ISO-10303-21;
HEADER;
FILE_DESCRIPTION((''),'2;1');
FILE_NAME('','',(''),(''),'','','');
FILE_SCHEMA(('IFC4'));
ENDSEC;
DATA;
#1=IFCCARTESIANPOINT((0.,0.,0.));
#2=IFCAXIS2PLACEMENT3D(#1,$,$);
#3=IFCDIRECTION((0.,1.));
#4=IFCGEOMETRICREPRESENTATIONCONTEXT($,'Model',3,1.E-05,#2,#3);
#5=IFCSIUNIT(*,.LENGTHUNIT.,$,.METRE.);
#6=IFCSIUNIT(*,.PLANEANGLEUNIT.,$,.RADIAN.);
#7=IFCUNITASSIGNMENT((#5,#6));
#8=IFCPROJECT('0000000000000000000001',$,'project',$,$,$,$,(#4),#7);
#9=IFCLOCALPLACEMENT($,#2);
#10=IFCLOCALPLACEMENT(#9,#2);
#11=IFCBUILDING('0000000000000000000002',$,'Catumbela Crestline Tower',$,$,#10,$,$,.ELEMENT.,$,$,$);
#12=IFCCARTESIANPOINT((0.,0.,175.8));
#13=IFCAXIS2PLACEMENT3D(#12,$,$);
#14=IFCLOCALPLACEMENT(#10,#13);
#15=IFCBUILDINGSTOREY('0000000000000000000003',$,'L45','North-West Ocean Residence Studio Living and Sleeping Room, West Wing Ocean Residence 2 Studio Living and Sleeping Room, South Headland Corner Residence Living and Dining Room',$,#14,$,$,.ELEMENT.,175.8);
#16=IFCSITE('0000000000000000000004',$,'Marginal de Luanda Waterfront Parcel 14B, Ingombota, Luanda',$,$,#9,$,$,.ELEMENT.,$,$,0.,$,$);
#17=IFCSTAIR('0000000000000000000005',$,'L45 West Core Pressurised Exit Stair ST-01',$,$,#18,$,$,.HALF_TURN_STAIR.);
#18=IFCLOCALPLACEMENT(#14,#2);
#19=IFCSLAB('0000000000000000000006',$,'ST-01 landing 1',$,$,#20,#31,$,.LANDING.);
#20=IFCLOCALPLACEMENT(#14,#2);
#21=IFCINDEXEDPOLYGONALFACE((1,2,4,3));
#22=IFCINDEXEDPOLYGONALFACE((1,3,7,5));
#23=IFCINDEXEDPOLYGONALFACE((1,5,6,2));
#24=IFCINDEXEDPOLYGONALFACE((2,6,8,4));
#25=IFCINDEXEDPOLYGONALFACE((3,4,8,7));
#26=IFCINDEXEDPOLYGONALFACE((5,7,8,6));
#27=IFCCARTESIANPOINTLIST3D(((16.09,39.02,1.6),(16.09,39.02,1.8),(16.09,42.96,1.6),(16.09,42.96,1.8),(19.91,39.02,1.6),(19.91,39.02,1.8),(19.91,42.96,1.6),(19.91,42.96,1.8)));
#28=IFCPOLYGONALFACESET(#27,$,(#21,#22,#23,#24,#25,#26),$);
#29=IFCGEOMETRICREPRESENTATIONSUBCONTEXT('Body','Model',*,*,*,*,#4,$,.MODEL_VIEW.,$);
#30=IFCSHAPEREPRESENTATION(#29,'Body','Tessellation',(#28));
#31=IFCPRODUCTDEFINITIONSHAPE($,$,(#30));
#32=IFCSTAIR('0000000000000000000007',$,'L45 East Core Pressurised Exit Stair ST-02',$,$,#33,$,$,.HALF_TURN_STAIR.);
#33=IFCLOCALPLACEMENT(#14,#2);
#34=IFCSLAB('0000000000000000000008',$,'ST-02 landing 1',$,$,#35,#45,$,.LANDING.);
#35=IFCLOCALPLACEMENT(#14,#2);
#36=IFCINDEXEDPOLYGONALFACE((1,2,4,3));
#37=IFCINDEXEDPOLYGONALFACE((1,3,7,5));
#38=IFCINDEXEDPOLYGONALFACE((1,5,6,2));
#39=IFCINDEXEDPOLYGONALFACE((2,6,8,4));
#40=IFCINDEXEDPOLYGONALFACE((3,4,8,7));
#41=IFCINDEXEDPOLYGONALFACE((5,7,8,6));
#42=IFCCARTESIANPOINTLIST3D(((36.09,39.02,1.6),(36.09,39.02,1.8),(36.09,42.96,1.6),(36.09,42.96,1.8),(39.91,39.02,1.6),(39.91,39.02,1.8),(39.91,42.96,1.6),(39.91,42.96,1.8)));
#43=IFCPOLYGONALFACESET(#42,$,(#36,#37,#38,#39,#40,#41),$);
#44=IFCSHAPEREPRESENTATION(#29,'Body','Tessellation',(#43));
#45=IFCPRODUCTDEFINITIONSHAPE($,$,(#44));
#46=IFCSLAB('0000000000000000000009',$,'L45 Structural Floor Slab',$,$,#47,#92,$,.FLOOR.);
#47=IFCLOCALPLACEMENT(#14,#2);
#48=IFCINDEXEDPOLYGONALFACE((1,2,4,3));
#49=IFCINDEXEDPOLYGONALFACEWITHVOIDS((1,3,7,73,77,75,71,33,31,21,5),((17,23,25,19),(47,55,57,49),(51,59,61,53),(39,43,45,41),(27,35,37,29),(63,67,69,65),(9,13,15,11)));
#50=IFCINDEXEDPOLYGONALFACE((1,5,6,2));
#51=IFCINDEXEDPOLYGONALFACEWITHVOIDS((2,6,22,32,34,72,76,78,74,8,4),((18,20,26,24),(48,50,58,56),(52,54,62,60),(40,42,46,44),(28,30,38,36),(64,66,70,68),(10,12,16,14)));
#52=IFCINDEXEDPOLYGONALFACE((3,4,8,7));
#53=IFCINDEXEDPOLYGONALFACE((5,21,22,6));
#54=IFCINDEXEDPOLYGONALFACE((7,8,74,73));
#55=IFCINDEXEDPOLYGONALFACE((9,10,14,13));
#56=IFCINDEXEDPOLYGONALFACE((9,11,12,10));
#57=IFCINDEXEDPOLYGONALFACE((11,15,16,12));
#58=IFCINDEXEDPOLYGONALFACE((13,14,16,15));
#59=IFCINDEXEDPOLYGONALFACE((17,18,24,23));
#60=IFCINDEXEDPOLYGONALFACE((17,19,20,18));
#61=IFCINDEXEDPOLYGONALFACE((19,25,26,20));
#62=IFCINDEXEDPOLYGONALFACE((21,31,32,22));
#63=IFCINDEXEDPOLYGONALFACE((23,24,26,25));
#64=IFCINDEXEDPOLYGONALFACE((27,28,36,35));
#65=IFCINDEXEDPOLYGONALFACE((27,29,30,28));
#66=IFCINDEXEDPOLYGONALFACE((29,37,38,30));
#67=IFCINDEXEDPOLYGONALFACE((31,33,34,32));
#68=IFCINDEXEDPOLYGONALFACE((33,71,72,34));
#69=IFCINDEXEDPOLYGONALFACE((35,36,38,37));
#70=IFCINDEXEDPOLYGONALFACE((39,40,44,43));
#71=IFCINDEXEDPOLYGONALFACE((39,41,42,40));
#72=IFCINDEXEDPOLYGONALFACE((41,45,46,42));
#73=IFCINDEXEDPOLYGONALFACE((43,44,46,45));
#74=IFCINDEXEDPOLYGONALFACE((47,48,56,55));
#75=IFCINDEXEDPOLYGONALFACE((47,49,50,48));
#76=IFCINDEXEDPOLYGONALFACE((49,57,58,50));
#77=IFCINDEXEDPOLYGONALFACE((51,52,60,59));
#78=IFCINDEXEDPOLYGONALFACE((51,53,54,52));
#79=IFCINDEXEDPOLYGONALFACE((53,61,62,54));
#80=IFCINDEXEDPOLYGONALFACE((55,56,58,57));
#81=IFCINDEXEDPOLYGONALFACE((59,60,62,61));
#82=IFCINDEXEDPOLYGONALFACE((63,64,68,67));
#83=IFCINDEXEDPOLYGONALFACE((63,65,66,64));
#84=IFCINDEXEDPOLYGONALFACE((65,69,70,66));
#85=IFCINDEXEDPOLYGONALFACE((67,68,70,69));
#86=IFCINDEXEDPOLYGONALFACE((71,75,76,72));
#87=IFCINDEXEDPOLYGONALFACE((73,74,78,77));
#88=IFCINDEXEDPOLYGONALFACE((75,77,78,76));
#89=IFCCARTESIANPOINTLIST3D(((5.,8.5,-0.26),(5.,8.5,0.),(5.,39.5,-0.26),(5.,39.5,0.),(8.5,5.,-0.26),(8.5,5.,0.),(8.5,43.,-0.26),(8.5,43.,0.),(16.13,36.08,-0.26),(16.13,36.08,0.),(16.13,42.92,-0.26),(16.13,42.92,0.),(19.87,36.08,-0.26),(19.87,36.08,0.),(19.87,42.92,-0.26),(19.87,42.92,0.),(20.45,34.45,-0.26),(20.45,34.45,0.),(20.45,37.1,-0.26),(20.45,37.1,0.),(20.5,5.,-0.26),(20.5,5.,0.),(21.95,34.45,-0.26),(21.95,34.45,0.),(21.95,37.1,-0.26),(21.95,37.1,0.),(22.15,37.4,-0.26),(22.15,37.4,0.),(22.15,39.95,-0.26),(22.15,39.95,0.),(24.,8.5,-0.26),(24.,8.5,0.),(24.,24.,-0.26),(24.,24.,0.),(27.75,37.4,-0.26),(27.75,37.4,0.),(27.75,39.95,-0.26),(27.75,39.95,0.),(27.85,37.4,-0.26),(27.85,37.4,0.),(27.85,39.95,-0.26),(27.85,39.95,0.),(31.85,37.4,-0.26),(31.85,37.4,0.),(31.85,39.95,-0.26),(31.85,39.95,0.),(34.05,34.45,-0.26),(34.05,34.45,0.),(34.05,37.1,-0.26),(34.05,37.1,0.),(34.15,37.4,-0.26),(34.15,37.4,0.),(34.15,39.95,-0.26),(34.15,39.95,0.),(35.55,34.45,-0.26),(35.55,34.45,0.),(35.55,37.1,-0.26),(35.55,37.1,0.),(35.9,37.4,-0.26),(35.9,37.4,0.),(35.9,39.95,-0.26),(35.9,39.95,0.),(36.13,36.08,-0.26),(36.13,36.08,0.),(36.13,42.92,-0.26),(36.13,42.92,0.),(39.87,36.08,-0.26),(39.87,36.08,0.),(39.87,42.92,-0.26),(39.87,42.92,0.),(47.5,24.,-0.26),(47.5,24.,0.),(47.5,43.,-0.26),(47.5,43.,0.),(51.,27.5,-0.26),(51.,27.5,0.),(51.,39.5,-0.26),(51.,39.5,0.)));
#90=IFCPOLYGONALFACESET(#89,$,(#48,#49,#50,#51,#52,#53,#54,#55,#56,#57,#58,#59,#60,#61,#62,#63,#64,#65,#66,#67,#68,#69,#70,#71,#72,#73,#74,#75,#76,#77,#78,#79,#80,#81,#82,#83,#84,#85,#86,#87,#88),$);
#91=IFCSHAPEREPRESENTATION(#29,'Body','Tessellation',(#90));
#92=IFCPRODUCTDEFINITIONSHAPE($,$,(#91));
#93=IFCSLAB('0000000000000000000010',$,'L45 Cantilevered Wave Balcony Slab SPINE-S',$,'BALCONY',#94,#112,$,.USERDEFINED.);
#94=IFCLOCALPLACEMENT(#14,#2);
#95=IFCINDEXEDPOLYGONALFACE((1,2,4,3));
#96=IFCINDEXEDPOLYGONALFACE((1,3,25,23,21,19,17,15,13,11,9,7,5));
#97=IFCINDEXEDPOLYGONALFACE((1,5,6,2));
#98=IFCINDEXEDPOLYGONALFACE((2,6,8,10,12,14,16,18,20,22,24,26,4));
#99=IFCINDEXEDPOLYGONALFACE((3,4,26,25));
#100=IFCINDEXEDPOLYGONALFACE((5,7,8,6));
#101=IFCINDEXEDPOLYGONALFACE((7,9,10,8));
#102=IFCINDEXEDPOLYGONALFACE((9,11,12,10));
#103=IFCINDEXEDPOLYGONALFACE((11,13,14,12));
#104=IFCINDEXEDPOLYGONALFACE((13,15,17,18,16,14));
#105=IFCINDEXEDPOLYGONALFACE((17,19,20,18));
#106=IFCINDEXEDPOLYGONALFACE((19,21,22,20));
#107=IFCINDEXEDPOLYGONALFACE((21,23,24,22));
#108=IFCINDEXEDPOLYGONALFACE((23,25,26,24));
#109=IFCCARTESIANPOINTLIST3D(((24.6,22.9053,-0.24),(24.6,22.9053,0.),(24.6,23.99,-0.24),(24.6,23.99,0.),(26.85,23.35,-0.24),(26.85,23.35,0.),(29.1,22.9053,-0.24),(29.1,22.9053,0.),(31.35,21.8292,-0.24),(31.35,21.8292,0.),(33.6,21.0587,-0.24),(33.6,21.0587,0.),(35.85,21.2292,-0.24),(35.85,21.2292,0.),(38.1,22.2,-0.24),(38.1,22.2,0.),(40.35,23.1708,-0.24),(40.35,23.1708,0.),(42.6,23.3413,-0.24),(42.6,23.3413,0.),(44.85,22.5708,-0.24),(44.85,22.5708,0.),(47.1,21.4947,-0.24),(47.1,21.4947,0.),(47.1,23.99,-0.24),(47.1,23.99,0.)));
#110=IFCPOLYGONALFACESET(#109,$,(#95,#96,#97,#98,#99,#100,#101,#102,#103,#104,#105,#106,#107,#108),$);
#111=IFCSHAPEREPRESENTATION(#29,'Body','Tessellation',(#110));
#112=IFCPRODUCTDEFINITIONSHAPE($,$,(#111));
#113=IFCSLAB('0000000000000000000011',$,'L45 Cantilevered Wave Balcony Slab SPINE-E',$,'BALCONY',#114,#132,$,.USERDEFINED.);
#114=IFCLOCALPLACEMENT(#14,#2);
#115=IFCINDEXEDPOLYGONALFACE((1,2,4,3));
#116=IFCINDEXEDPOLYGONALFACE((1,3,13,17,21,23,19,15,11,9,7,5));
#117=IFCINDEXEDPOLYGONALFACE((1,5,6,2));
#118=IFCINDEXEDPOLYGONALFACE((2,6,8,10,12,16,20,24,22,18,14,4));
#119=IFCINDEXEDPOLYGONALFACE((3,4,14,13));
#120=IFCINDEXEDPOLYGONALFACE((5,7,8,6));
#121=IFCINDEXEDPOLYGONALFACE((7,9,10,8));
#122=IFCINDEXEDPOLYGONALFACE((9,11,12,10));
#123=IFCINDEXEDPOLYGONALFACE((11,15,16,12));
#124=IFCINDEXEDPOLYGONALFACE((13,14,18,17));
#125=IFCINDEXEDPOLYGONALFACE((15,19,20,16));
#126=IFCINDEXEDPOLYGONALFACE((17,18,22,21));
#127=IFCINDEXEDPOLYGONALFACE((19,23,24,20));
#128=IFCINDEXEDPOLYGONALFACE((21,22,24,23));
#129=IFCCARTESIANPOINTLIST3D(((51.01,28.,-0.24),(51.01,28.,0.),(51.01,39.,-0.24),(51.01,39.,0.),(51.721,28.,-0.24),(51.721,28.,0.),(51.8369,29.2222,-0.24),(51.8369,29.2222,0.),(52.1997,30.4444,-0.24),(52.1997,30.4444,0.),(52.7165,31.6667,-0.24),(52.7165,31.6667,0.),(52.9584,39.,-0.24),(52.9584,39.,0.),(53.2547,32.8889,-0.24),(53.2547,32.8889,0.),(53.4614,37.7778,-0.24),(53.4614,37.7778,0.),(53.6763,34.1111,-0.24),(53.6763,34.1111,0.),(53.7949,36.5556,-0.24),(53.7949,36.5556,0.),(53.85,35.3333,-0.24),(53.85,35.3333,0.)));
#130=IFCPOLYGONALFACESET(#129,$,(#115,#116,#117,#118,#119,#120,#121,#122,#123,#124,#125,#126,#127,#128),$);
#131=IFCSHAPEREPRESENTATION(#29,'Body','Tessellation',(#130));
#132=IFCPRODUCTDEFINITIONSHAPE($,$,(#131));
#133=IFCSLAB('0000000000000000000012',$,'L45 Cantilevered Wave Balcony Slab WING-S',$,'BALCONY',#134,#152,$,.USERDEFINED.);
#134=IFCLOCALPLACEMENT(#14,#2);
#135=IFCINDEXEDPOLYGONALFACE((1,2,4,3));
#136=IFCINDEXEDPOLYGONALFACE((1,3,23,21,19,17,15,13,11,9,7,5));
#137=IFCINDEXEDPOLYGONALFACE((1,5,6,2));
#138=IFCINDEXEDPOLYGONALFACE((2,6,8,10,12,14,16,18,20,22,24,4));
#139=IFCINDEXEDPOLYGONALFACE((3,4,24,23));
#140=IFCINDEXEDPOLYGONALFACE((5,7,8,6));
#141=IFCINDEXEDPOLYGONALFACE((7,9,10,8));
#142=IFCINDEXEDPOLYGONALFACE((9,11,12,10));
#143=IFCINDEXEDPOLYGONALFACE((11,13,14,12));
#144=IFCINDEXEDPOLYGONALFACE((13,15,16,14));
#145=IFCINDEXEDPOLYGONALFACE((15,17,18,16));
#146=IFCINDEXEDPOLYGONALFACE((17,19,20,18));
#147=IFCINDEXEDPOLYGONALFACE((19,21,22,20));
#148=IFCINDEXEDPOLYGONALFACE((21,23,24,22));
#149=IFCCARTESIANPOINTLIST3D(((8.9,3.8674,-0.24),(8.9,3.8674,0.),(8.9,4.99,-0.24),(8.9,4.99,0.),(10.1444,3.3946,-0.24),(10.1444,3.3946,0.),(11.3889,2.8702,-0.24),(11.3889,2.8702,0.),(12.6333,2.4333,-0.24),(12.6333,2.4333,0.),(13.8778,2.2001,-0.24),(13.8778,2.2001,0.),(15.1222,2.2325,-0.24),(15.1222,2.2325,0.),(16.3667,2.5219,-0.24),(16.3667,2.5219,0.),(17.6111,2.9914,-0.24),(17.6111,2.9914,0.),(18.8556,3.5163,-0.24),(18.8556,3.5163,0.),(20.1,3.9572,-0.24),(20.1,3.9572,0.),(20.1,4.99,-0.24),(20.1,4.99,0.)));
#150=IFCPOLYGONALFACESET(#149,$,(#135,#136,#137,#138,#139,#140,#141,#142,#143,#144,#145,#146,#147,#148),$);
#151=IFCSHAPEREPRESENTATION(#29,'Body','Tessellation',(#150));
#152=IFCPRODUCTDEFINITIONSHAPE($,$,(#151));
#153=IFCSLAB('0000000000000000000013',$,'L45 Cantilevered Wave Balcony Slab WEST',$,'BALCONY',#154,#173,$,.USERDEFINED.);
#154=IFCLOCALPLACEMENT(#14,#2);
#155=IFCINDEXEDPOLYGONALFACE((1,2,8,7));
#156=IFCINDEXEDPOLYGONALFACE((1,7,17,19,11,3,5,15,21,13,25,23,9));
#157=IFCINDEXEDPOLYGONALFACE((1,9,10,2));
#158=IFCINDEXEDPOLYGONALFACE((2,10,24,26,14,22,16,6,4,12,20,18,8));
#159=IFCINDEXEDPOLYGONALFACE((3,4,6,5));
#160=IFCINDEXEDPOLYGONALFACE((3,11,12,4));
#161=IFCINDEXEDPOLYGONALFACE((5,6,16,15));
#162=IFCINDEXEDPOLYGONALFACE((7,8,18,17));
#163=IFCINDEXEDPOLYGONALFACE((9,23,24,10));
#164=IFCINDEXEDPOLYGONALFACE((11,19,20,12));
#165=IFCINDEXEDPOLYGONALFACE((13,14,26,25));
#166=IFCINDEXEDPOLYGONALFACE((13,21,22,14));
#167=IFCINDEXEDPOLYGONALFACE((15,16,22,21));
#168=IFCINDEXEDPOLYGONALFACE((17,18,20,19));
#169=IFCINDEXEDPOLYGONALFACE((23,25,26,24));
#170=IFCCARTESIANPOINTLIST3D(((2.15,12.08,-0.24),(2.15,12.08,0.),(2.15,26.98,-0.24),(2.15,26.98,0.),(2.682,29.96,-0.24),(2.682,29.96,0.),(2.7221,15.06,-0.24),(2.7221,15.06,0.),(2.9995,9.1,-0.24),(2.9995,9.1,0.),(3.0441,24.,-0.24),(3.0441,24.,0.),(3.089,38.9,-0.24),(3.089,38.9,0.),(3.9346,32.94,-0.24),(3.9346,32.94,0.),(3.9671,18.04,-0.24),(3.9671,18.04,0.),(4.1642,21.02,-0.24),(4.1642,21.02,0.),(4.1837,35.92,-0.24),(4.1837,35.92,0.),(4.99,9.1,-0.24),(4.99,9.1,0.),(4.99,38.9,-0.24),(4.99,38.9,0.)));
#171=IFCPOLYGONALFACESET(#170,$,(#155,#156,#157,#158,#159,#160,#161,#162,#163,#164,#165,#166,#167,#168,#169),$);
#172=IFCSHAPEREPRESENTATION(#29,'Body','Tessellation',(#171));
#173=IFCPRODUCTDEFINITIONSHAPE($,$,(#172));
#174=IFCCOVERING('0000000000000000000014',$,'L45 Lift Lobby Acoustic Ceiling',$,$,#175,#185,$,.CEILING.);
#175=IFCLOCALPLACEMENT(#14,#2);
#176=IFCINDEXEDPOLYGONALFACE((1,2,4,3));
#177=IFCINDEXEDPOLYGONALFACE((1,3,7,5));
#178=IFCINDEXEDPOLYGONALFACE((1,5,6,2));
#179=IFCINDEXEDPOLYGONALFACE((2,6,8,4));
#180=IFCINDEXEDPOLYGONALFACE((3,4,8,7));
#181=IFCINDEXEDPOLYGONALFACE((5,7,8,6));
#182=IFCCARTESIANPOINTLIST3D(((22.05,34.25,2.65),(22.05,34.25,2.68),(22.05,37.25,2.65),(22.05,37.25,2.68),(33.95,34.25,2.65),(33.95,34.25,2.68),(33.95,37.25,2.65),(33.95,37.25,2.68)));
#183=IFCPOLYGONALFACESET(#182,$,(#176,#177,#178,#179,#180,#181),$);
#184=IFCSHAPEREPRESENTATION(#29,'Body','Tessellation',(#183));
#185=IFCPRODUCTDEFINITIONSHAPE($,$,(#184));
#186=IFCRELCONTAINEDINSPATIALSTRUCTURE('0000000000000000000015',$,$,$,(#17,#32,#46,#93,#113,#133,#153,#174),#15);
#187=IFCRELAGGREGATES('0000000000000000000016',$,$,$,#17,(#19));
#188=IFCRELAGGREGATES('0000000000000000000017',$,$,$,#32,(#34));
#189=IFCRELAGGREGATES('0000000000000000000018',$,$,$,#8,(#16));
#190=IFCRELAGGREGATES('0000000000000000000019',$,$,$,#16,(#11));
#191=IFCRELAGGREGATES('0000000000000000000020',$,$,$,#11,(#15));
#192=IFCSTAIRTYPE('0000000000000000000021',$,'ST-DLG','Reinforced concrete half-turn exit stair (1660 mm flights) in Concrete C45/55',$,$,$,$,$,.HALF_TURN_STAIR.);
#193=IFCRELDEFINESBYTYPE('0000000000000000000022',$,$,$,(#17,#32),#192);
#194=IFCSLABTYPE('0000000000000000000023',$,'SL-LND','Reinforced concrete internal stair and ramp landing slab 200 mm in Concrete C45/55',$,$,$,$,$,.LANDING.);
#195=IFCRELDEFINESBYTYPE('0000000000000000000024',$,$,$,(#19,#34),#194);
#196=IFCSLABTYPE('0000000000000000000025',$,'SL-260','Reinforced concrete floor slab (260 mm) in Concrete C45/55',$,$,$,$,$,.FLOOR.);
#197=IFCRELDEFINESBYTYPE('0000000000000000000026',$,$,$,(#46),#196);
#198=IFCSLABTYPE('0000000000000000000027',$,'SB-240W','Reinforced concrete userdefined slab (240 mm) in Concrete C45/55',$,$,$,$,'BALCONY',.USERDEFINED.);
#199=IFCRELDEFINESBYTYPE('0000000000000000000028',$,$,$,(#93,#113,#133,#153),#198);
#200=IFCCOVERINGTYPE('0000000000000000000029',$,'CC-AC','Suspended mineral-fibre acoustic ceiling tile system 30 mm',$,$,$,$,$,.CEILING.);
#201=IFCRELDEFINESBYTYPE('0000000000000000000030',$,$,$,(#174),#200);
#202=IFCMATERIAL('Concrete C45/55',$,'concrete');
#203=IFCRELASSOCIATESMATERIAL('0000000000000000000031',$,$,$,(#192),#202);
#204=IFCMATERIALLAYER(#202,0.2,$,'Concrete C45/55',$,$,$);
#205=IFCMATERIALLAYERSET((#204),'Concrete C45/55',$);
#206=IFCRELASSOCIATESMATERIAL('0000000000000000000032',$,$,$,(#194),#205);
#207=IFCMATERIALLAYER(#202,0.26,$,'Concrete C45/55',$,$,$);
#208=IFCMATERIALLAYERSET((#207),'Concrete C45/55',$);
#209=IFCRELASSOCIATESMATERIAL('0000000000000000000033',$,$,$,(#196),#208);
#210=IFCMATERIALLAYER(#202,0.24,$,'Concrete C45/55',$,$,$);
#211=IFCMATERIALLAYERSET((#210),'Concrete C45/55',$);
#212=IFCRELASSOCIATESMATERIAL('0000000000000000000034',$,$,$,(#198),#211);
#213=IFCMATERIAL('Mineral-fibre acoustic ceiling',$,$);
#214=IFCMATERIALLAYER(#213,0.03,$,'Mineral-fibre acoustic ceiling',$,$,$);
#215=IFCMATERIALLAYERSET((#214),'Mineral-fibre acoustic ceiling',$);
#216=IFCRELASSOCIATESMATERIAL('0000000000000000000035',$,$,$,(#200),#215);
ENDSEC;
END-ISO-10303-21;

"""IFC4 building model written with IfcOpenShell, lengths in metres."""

from ifc_helpers import new_model, si_unit, direction, frame, origin, place, context, subcontext, project, spatial, polyline, outline, extrude, material, layer, layer_set, type_object, element, aggregate, save


model = new_model("IFC4")

# Units and contexts
model_context = context("Model", 3, precision=1e-05, world=origin(), true_north=direction((0.0, 1.0)))
body_context = subcontext(model_context, "Body", "Model", "MODEL_VIEW")
ifc_project = project(units=[si_unit("LENGTHUNIT", "METRE"), si_unit("PLANEANGLEUNIT", "RADIAN")], contexts=[model_context])

# Site, building, storey
site_placement = place(None, origin())
site = spatial("IfcSite", under=ifc_project, at=site_placement, Name="Marginal de Luanda Waterfront Parcel 14B, Ingombota, Luanda", CompositionType="ELEMENT", RefElevation=0.0)
building_placement = place(site_placement, origin())
building = spatial("IfcBuilding", under=site, at=building_placement, Name="Catumbela Crestline Tower", CompositionType="ELEMENT")
storey_placement = place(building_placement, frame((0.0, 0.0, 175.8)))
storey = spatial("IfcBuildingStorey", under=building, at=storey_placement, Name="L45", Description="North-West Ocean Residence Studio Living and Sleeping Room, West Wing Ocean Residence 2 Studio Living and Sleeping Room, South Headland Corner Residence Living and Dining Room", CompositionType="ELEMENT", Elevation=175.8)

# Stairs, slabs
ifc_material_1 = material(Name="Concrete C45/55", Category="concrete")
stair_type = type_object("IfcStairType", Name="ST-DLG", Description="Reinforced concrete half-turn exit stair (1660 mm flights) in Concrete C45/55", PredefinedType="HALF_TURN_STAIR", material=ifc_material_1)
stair_1_placement = place(storey_placement, origin())
stair_1 = element("IfcStair", 1, at=stair_1_placement, inside=storey, type_object=stair_type, Name="L45 West Core Pressurised Exit Stair ST-01", PredefinedType="HALF_TURN_STAIR")
ifc_layer_1 = layer(ifc_material_1, 0.2, Name="Concrete C45/55")
ifc_layer_set_1 = layer_set([ifc_layer_1], Name="Concrete C45/55")
slab_type_1 = type_object("IfcSlabType", Name="SL-LND", Description="Reinforced concrete internal stair and ramp landing slab 200 mm in Concrete C45/55", PredefinedType="LANDING", material=ifc_layer_set_1)
slab_1_placement = place(storey_placement, frame((0.0, 0.0, 1.6)))
slab_1 = element("IfcSlab", 2, at=slab_1_placement, type_object=slab_type_1, Name="ST-01 landing 1", PredefinedType="LANDING", context=body_context, shape_type="SweptSolid", body=[
    extrude(outline(polyline([(19.91, 39.02), (19.91, 42.96), (16.09, 42.96), (16.09, 39.02), (19.91, 39.02)])), origin(), (0.0, 0.0, 1.0), 0.2),
])
aggregate(stair_1, [slab_1])
stair_2_placement = place(storey_placement, origin())
stair_2 = element("IfcStair", 3, at=stair_2_placement, inside=storey, type_object=stair_type, Name="L45 East Core Pressurised Exit Stair ST-02", PredefinedType="HALF_TURN_STAIR")
slab_2_placement = place(storey_placement, frame((0.0, 0.0, 1.6)))
slab_2 = element("IfcSlab", 4, at=slab_2_placement, type_object=slab_type_1, Name="ST-02 landing 1", PredefinedType="LANDING", context=body_context, shape_type="SweptSolid", body=[
    extrude(outline(polyline([(39.91, 39.02), (39.91, 42.96), (36.09, 42.96), (36.09, 39.02), (39.91, 39.02)])), origin(), (0.0, 0.0, 1.0), 0.2),
])
aggregate(stair_2, [slab_2])

# Slabs
ifc_layer_2 = layer(ifc_material_1, 0.26, Name="Concrete C45/55")
ifc_layer_set_2 = layer_set([ifc_layer_2], Name="Concrete C45/55")
slab_type_2 = type_object("IfcSlabType", Name="SL-260", Description="Reinforced concrete floor slab (260 mm) in Concrete C45/55", PredefinedType="FLOOR", material=ifc_layer_set_2)
slab_3_placement = place(storey_placement, frame((0.0, 0.0, -0.26)))
element("IfcSlab", 5, at=slab_3_placement, inside=storey, type_object=slab_type_2, Name="L45 Structural Floor Slab", PredefinedType="FLOOR", context=body_context, shape_type="SweptSolid", body=[
    extrude(outline(polyline([(8.5, 5.0), (20.5, 5.0), (24.0, 8.5), (24.0, 24.0), (47.5, 24.0), (51.0, 27.5), (51.0, 39.5), (47.5, 43.0), (8.5, 43.0), (5.0, 39.5), (5.0, 8.5), (8.5, 5.0)]), holes=[polyline([(16.13, 36.08), (19.87, 36.08), (19.87, 42.92), (16.13, 42.92), (16.13, 36.08)]), polyline([(36.13, 36.08), (39.87, 36.08), (39.87, 42.92), (36.13, 42.92), (36.13, 36.08)]), polyline([(22.15, 37.4), (27.75, 37.4), (27.75, 39.95), (22.15, 39.95), (22.15, 37.4)]), polyline([(27.85, 37.4), (31.85, 37.4), (31.85, 39.95), (27.85, 39.95), (27.85, 37.4)]), polyline([(20.45, 34.45), (21.95, 34.45), (21.95, 37.1), (20.45, 37.1), (20.45, 34.45)]), polyline([(34.05, 34.45), (35.55, 34.45), (35.55, 37.1), (34.05, 37.1), (34.05, 34.45)]), polyline([(34.15, 37.4), (35.9, 37.4), (35.9, 39.95), (34.15, 39.95), (34.15, 37.4)])]), origin(), (0.0, 0.0, 1.0), 0.26),
])
ifc_layer_3 = layer(ifc_material_1, 0.24, Name="Concrete C45/55")
ifc_layer_set_3 = layer_set([ifc_layer_3], Name="Concrete C45/55")
slab_type_3 = type_object("IfcSlabType", Name="SB-240W", Description="Reinforced concrete userdefined slab (240 mm) in Concrete C45/55", ElementType="BALCONY", PredefinedType="USERDEFINED", material=ifc_layer_set_3)
slab_4_placement = place(storey_placement, frame((0.0, 0.0, -0.24)))
element("IfcSlab", 6, at=slab_4_placement, inside=storey, type_object=slab_type_3, Name="L45 Cantilevered Wave Balcony Slab SPINE-S", ObjectType="BALCONY", PredefinedType="USERDEFINED", context=body_context, shape_type="SweptSolid", body=[
    extrude(outline(polyline([(24.6, 22.9053), (26.85, 23.35), (29.1, 22.9053), (31.35, 21.8292), (33.6, 21.0587), (35.85, 21.2292), (38.1, 22.2), (40.35, 23.1708), (42.6, 23.3413), (44.85, 22.5708), (47.1, 21.4947), (47.1, 23.99), (24.6, 23.99), (24.6, 22.9053)])), origin(), (0.0, 0.0, 1.0), 0.24),
])
slab_5_placement = place(storey_placement, frame((0.0, 0.0, -0.24)))
element("IfcSlab", 7, at=slab_5_placement, inside=storey, type_object=slab_type_3, Name="L45 Cantilevered Wave Balcony Slab SPINE-E", ObjectType="BALCONY", PredefinedType="USERDEFINED", context=body_context, shape_type="SweptSolid", body=[
    extrude(outline(polyline([(51.01, 28.0), (51.721, 28.0), (51.8369, 29.2222), (52.1997, 30.4444), (52.7165, 31.6667), (53.2547, 32.8889), (53.6763, 34.1111), (53.85, 35.3333), (53.7949, 36.5556), (53.4614, 37.7778), (52.9584, 39.0), (51.01, 39.0), (51.01, 28.0)])), origin(), (0.0, 0.0, 1.0), 0.24),
])
slab_6_placement = place(storey_placement, frame((0.0, 0.0, -0.24)))
element("IfcSlab", 8, at=slab_6_placement, inside=storey, type_object=slab_type_3, Name="L45 Cantilevered Wave Balcony Slab WING-S", ObjectType="BALCONY", PredefinedType="USERDEFINED", context=body_context, shape_type="SweptSolid", body=[
    extrude(outline(polyline([(8.9, 3.8674), (10.1444, 3.3946), (11.3889, 2.8702), (12.6333, 2.4333), (13.8778, 2.2001), (15.1222, 2.2325), (16.3667, 2.5219), (17.6111, 2.9914), (18.8556, 3.5163), (20.1, 3.9572), (20.1, 4.99), (8.9, 4.99), (8.9, 3.8674)])), origin(), (0.0, 0.0, 1.0), 0.24),
])
slab_7_placement = place(storey_placement, frame((0.0, 0.0, -0.24)))
element("IfcSlab", 9, at=slab_7_placement, inside=storey, type_object=slab_type_3, Name="L45 Cantilevered Wave Balcony Slab WEST", ObjectType="BALCONY", PredefinedType="USERDEFINED", context=body_context, shape_type="SweptSolid", body=[
    extrude(outline(polyline([(4.99, 38.9), (3.089, 38.9), (4.1837, 35.92), (3.9346, 32.94), (2.682, 29.96), (2.15, 26.98), (3.0441, 24.0), (4.1642, 21.02), (3.9671, 18.04), (2.7221, 15.06), (2.15, 12.08), (2.9995, 9.1), (4.99, 9.1), (4.99, 38.9)])), origin(), (0.0, 0.0, 1.0), 0.24),
])

# Covering
ifc_material_2 = material(Name="Mineral-fibre acoustic ceiling")
ifc_layer_4 = layer(ifc_material_2, 0.03, Name="Mineral-fibre acoustic ceiling")
ifc_layer_set_4 = layer_set([ifc_layer_4], Name="Mineral-fibre acoustic ceiling")
covering_type_1 = type_object("IfcCoveringType", Name="CC-AC", Description="Suspended mineral-fibre acoustic ceiling tile system 30 mm", PredefinedType="CEILING", material=ifc_layer_set_4)
covering_1_placement = place(storey_placement, frame((0.0, 0.0, 2.65)))
element("IfcCovering", 10, at=covering_1_placement, inside=storey, type_object=covering_type_1, Name="L45 Lift Lobby Acoustic Ceiling", PredefinedType="CEILING", context=body_context, shape_type="SweptSolid", body=[
    extrude(outline(polyline([(22.05, 34.25), (33.95, 34.25), (33.95, 37.25), (22.05, 37.25), (22.05, 34.25)])), origin(), (0.0, 0.0, 1.0), 0.03),
])

save(model, "model.ifc")
